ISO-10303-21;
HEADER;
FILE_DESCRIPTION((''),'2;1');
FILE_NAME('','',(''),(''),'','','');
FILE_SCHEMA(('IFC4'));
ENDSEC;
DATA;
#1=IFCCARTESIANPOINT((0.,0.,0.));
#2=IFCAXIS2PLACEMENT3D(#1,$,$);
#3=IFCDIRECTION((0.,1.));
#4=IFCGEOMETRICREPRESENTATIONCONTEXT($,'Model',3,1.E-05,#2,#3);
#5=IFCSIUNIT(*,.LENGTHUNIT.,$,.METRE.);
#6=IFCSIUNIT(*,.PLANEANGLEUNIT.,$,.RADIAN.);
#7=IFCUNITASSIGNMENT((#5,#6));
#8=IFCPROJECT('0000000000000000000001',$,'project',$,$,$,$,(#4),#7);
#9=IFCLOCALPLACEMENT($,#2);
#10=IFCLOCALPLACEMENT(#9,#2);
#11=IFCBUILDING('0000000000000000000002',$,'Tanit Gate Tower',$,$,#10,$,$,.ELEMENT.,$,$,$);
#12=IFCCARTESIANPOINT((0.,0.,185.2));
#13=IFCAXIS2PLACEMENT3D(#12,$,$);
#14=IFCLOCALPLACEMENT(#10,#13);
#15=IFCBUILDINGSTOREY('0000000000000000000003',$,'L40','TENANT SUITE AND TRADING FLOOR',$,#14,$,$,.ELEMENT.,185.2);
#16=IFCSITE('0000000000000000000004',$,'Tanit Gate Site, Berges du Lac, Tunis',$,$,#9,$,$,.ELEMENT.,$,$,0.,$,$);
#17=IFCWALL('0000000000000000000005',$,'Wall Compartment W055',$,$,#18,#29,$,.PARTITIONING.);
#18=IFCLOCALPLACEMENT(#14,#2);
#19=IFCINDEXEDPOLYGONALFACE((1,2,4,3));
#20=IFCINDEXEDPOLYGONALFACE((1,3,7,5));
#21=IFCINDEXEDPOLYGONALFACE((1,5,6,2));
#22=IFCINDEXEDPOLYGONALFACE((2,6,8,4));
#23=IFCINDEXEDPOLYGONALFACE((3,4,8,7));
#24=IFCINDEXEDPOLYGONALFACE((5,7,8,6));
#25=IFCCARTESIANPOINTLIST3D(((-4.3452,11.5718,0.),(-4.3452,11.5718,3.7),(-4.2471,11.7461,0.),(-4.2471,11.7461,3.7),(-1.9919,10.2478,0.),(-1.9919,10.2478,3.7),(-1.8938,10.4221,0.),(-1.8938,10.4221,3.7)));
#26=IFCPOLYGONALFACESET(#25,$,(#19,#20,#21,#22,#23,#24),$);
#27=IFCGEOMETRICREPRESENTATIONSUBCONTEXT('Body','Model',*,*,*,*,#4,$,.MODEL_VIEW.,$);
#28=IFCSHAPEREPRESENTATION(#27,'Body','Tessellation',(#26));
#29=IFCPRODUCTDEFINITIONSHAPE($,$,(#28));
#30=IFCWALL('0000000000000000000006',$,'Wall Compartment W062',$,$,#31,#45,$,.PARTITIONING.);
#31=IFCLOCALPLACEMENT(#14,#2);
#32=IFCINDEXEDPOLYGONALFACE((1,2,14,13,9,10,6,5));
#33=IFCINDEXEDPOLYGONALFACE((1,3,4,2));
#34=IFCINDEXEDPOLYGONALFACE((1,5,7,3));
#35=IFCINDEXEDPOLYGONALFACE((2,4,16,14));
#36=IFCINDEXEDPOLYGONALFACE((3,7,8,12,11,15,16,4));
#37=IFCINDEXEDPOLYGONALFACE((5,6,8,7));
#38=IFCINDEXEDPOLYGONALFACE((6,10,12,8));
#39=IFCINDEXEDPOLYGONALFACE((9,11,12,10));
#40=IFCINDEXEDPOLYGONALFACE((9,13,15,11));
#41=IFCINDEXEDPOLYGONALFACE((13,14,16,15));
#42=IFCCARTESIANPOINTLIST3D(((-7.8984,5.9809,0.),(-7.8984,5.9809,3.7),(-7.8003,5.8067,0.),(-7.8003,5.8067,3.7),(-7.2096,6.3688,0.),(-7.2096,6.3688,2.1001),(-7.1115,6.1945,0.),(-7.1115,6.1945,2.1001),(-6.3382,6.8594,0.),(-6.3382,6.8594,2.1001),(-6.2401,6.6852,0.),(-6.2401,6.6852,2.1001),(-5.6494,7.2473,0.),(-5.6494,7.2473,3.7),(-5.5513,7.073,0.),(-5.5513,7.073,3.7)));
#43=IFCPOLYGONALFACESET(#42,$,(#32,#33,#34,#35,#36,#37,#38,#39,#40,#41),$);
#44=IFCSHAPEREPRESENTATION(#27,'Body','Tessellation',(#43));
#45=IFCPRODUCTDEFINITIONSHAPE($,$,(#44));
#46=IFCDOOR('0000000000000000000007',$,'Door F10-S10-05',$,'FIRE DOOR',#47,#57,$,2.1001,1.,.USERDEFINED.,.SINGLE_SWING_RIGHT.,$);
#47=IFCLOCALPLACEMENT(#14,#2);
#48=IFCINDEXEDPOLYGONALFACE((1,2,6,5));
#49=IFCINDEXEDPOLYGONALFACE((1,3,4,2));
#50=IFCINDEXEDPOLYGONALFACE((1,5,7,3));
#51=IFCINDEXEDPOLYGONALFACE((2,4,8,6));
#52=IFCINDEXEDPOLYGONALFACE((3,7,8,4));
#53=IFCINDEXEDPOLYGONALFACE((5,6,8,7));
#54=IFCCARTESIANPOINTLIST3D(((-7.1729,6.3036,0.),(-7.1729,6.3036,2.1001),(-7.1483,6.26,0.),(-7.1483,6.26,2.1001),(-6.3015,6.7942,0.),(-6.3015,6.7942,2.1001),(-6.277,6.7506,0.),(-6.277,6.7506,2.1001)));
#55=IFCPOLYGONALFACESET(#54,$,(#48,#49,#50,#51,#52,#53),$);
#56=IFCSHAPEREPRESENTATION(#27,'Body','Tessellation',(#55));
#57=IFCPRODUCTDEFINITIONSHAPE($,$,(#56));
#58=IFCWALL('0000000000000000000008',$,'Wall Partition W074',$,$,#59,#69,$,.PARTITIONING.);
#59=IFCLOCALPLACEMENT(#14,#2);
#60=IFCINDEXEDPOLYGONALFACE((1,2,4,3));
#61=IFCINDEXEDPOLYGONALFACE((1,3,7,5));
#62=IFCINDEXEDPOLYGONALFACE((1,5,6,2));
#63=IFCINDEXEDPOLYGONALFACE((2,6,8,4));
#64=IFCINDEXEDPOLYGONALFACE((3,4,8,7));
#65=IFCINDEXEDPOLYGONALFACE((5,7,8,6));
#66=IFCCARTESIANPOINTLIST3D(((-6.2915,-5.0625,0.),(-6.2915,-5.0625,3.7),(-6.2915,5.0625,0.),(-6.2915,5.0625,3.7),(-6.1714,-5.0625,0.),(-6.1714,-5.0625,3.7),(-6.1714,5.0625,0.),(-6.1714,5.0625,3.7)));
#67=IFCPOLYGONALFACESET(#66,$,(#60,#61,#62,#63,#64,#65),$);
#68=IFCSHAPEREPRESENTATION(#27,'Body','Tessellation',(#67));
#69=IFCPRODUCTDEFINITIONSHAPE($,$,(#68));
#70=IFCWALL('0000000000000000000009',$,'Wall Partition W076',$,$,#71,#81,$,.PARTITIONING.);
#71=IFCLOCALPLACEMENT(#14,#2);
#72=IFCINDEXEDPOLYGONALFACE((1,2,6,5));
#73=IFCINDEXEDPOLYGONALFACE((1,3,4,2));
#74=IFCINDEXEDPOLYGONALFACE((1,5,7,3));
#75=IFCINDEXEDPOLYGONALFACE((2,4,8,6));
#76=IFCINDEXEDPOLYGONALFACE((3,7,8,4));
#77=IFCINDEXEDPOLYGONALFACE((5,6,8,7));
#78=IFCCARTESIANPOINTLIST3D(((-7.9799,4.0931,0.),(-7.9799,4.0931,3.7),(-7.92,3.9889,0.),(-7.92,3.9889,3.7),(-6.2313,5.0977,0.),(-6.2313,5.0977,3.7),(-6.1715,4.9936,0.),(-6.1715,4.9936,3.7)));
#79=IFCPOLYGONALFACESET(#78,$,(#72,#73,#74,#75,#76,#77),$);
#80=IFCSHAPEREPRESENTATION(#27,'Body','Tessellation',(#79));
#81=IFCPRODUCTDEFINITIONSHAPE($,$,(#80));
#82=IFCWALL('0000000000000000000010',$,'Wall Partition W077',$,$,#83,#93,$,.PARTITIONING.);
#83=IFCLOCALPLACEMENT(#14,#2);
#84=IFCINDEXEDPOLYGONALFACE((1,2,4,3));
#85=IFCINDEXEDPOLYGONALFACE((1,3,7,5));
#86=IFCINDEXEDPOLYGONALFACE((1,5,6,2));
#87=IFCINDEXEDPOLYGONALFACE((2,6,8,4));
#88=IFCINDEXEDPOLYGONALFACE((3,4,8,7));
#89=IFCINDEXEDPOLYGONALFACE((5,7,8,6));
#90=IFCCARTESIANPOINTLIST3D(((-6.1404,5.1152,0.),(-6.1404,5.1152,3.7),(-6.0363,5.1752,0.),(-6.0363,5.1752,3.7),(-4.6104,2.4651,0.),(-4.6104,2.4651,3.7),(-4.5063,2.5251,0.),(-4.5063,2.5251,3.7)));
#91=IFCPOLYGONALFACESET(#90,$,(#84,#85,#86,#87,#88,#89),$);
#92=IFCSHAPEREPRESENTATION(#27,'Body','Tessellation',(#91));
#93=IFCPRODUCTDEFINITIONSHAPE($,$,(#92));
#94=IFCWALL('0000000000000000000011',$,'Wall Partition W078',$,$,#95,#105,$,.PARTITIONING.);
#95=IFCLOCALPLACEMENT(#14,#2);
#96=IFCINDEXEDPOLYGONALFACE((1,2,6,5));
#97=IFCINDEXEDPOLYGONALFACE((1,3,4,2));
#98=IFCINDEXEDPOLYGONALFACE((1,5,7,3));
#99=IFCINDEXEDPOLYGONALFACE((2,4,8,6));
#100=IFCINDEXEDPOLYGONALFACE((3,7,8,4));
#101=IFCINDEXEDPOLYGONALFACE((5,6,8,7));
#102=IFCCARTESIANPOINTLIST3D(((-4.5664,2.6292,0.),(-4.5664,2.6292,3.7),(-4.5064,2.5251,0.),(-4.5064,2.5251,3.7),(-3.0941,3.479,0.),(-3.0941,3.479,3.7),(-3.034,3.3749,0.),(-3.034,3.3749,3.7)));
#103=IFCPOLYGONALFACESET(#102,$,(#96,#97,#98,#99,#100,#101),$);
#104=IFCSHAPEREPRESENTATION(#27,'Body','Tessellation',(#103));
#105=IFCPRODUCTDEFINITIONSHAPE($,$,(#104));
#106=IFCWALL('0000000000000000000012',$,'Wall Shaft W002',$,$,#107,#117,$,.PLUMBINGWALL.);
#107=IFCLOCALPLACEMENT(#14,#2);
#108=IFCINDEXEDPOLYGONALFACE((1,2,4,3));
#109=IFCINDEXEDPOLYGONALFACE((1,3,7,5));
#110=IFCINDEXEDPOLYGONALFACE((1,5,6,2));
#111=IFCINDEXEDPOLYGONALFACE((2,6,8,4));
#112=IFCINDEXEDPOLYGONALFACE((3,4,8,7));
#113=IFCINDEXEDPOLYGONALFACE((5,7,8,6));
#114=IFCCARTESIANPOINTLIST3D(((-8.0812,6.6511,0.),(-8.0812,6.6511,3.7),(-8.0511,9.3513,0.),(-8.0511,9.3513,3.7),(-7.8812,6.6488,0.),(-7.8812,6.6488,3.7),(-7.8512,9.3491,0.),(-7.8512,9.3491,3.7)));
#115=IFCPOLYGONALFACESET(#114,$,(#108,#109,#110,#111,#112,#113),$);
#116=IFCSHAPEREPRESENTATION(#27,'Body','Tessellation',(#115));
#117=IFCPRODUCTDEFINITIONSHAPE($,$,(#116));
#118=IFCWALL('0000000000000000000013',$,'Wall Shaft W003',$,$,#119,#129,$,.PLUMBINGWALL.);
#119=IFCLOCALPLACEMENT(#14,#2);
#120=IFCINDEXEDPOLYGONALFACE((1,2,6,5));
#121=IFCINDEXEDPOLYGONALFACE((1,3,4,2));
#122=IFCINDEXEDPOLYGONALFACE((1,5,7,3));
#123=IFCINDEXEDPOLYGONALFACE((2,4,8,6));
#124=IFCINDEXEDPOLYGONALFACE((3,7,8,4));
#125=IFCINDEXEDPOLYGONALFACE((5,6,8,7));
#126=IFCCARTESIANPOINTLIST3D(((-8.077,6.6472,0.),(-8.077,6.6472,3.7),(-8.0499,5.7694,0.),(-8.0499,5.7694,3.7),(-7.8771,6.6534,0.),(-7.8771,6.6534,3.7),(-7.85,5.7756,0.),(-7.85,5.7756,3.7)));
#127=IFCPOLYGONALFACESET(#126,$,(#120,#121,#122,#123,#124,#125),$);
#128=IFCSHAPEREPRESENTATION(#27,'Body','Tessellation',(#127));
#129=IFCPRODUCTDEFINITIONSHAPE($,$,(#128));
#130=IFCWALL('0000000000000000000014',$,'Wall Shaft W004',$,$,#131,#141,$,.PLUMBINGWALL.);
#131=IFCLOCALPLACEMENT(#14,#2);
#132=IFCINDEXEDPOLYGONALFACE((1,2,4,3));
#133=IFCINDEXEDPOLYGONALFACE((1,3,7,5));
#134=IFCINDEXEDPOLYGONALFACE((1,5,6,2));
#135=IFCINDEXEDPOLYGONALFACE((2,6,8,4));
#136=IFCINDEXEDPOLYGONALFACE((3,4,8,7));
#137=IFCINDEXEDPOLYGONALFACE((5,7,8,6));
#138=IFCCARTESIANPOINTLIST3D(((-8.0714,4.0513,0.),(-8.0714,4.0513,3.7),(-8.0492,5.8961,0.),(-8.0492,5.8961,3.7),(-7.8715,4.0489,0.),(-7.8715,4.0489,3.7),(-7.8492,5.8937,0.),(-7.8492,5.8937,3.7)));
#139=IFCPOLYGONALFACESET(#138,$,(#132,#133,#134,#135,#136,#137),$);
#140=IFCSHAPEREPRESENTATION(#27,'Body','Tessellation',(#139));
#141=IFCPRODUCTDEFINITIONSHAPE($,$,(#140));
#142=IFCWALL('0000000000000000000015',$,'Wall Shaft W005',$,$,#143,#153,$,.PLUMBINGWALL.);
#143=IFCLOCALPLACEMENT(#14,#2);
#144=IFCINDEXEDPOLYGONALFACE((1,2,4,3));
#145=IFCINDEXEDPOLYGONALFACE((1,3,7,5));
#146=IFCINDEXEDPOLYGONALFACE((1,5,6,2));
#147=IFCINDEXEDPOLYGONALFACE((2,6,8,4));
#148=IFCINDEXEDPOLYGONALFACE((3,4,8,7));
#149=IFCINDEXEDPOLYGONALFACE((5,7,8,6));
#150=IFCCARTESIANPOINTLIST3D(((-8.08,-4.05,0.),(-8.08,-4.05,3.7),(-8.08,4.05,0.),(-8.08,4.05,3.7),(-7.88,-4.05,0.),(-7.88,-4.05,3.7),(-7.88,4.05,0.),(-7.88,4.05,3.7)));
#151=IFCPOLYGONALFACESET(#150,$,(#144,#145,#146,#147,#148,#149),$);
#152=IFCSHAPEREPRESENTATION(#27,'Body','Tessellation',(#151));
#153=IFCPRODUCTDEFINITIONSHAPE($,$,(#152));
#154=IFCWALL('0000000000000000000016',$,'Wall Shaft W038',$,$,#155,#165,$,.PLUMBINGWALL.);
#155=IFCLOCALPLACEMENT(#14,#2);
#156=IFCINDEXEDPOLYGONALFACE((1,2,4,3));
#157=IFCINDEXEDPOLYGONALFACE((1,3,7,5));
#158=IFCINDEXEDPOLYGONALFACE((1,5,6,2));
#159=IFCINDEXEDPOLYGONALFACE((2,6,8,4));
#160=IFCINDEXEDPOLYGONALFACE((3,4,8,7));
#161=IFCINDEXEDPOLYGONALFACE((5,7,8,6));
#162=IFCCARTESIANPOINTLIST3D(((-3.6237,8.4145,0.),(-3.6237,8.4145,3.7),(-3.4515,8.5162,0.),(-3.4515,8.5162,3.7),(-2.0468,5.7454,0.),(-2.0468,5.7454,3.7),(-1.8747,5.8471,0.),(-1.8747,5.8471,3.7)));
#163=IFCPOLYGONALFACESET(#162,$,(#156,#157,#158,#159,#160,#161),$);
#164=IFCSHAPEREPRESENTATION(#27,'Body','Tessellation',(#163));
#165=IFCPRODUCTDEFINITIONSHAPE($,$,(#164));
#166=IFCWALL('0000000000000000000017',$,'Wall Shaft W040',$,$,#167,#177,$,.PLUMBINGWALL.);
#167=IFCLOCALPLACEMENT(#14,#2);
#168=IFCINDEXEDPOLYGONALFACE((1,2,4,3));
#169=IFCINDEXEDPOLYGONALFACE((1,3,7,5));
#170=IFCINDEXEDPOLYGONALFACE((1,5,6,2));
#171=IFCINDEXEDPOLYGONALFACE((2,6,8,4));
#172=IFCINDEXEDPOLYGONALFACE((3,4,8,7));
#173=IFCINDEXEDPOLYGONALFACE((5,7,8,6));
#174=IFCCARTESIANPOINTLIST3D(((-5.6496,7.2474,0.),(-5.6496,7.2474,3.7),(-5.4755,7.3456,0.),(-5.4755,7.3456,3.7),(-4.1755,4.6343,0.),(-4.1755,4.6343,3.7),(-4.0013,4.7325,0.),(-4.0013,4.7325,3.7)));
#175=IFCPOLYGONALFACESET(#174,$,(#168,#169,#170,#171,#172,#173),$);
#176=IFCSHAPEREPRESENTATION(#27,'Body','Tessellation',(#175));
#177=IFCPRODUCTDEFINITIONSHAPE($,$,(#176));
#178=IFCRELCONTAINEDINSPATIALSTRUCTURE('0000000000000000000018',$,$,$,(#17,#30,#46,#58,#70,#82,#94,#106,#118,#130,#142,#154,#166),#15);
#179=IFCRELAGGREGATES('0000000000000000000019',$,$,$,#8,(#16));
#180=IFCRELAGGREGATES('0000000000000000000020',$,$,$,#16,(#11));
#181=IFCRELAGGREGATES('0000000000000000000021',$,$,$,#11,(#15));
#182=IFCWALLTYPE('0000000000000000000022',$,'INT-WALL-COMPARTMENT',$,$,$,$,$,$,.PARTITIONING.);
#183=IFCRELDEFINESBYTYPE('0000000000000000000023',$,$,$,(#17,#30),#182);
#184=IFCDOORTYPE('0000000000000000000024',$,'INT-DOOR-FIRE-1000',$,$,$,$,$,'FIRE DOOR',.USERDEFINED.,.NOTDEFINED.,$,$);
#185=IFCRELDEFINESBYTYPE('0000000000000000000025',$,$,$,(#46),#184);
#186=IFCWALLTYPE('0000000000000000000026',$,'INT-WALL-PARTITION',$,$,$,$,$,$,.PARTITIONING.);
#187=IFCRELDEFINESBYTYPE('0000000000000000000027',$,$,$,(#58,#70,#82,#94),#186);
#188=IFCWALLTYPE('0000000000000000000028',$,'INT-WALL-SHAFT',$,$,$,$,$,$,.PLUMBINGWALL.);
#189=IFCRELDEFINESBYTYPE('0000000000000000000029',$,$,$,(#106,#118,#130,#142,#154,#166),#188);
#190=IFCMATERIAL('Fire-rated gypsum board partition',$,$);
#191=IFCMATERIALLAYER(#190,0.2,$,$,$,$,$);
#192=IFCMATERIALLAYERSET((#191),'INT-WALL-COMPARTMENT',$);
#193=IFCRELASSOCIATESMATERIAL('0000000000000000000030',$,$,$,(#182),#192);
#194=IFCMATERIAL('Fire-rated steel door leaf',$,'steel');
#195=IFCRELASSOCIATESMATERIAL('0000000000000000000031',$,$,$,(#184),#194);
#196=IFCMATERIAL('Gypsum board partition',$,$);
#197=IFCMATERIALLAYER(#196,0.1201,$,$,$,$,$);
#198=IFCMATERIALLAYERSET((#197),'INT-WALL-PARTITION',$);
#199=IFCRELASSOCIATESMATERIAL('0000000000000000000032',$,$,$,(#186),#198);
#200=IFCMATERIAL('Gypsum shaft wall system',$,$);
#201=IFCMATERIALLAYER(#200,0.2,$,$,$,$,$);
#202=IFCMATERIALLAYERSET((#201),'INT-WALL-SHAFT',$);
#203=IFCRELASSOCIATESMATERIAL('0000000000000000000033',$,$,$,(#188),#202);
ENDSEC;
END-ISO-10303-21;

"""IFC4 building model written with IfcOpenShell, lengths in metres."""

from ifc_helpers import new_model, si_unit, direction, frame, frame_2d, origin, place, context, subcontext, project, spatial, rectangle, extrude, material, layer, layer_set, type_object, element, fill, save


model = new_model("IFC4")

# Units and contexts
model_context = context("Model", 3, precision=1e-05, world=origin(), true_north=direction((0.0, 1.0)))
body_context = subcontext(model_context, "Body", "Model", "MODEL_VIEW")
ifc_project = project(units=[si_unit("LENGTHUNIT", "METRE"), si_unit("PLANEANGLEUNIT", "RADIAN")], contexts=[model_context])

# Site, building, storey
site_placement = place(None, origin())
site = spatial("IfcSite", under=ifc_project, at=site_placement, Name="Tanit Gate Site, Berges du Lac, Tunis", CompositionType="ELEMENT", RefElevation=0.0)
building_placement = place(site_placement, origin())
building = spatial("IfcBuilding", under=site, at=building_placement, Name="Tanit Gate Tower", CompositionType="ELEMENT")
storey_placement = place(building_placement, frame((0.0, 0.0, 185.2)))
storey = spatial("IfcBuildingStorey", under=building, at=storey_placement, Name="L40", Description="TENANT SUITE AND TRADING FLOOR", CompositionType="ELEMENT", Elevation=185.2)

# Wall
ifc_material_1 = material(Name="Fire-rated gypsum board partition")
ifc_layer_1 = layer(ifc_material_1, 0.2)
ifc_layer_set_1 = layer_set([ifc_layer_1], Name="INT-WALL-COMPARTMENT")
wall_type_1 = type_object("IfcWallType", Name="INT-WALL-COMPARTMENT", PredefinedType="PARTITIONING", material=ifc_layer_set_1)
wall_1_placement = place(storey_placement, frame((-4.2961, 11.6589, 0.0), z_axis=(0.0, 0.0, 1.0), x_axis=(0.871534, -0.490334, 0.0)))
element("IfcWall", 1, at=wall_1_placement, inside=storey, type_object=wall_type_1, Name="Wall Compartment W055", PredefinedType="PARTITIONING", context=body_context, shape_type="SweptSolid", body=[
    extrude(rectangle(XDim=2.7002, YDim=0.2, at=frame_2d((1.3501, 0.0))), origin(), (0.0, 0.0, 1.0), 3.7),
])

# Wall, opening, door
wall_2_placement = place(storey_placement, frame((-5.6003, 7.1602, 0.0), z_axis=(0.0, 0.0, 1.0), x_axis=(-0.871363, -0.490638, 0.0)))
wall_2 = element("IfcWall", 2, at=wall_2_placement, inside=storey, type_object=wall_type_1, Name="Wall Compartment W062", PredefinedType="PARTITIONING", context=body_context, shape_type="SweptSolid", body=[
    extrude(rectangle(XDim=2.5811, YDim=0.2, at=frame_2d((1.2905, 0.0))), origin(), (0.0, 0.0, 1.0), 3.7),
])
opening_1_placement = place(wall_2_placement, frame((0.7905, 0.0, 0.0)))
opening_1 = element("IfcOpeningElement", 3, at=opening_1_placement, cuts=wall_2, PredefinedType="OPENING", context=body_context, shape_type="SweptSolid", body=[
    extrude(rectangle(XDim=1.0, YDim=2.1001, at=frame_2d((0.5, 1.05))), frame((0.0, 0.1099, 0.0), z_axis=(0.0, -1.0, 0.0), x_axis=(1.0, 0.0, 0.0)), (0.0, 0.0, 1.0), 0.22),
])
ifc_material_2 = material(Name="Fire-rated steel door leaf", Category="steel")
door_type_1 = type_object("IfcDoorType", Name="INT-DOOR-FIRE-1000", ElementType="FIRE DOOR", OperationType="NOTDEFINED", PredefinedType="USERDEFINED", material=ifc_material_2)
door_1_placement = place(opening_1_placement, origin())
door_1 = element("IfcDoor", 4, at=door_1_placement, inside=storey, type_object=door_type_1, Name="Door F10-S10-05", ObjectType="FIRE DOOR", OperationType="SINGLE_SWING_RIGHT", OverallHeight=2.1001, OverallWidth=1.0, PredefinedType="USERDEFINED", context=body_context, shape_type="SweptSolid", body=[
    extrude(rectangle(XDim=1.0, YDim=2.1001, at=frame_2d((0.5, 1.05))), frame((0.0, 0.0249, 0.0), z_axis=(0.0, -1.0, 0.0), x_axis=(1.0, 0.0, 0.0)), (0.0, 0.0, 1.0), 0.05),
])
fill(opening_1, door_1)

# Walls
ifc_material_3 = material(Name="Gypsum board partition")
ifc_layer_2 = layer(ifc_material_3, 0.1201)
ifc_layer_set_2 = layer_set([ifc_layer_2], Name="INT-WALL-PARTITION")
wall_type_2 = type_object("IfcWallType", Name="INT-WALL-PARTITION", PredefinedType="PARTITIONING", material=ifc_layer_set_2)
wall_3_placement = place(storey_placement, frame((-6.2314, 5.0625, 0.0), z_axis=(0.0, 0.0, 1.0), x_axis=(0.0, -1.0, 0.0)))
element("IfcWall", 5, at=wall_3_placement, inside=storey, type_object=wall_type_2, Name="Wall Partition W074", PredefinedType="PARTITIONING", context=body_context, shape_type="SweptSolid", body=[
    extrude(rectangle(XDim=10.125, YDim=0.1201, at=frame_2d((5.0625, 0.0))), origin(), (0.0, 0.0, 1.0), 3.7),
])
wall_4_placement = place(storey_placement, frame((-6.2014, 5.0457, 0.0), z_axis=(0.0, 0.0, 1.0), x_axis=(-0.867071, -0.498184, 0.0)))
element("IfcWall", 6, at=wall_4_placement, inside=storey, type_object=wall_type_2, Name="Wall Partition W076", PredefinedType="PARTITIONING", context=body_context, shape_type="SweptSolid", body=[
    extrude(rectangle(XDim=2.0166, YDim=0.1201, at=frame_2d((1.0083, 0.0))), origin(), (0.0, 0.0, 1.0), 3.7),
])
wall_5_placement = place(storey_placement, frame((-4.5583, 2.4951, 0.0), z_axis=(0.0, 0.0, 1.0), x_axis=(-0.499992, 0.86603, 0.0)))
element("IfcWall", 7, at=wall_5_placement, inside=storey, type_object=wall_type_2, Name="Wall Partition W077", PredefinedType="PARTITIONING", context=body_context, shape_type="SweptSolid", body=[
    extrude(rectangle(XDim=3.0601, YDim=0.1201, at=frame_2d((1.53, 0.0))), origin(), (0.0, 0.0, 1.0), 3.7),
])
wall_6_placement = place(storey_placement, frame((-3.064, 3.427, 0.0), z_axis=(0.0, 0.0, 1.0), x_axis=(-0.866088, -0.499892, 0.0)))
element("IfcWall", 8, at=wall_6_placement, inside=storey, type_object=wall_type_2, Name="Wall Partition W078", PredefinedType="PARTITIONING", context=body_context, shape_type="SweptSolid", body=[
    extrude(rectangle(XDim=1.7, YDim=0.1201, at=frame_2d((0.8501, 0.0))), origin(), (0.0, 0.0, 1.0), 3.7),
])
ifc_material_4 = material(Name="Gypsum shaft wall system")
ifc_layer_3 = layer(ifc_material_4, 0.2)
ifc_layer_set_3 = layer_set([ifc_layer_3], Name="INT-WALL-SHAFT")
wall_type_3 = type_object("IfcWallType", Name="INT-WALL-SHAFT", PredefinedType="PLUMBINGWALL", material=ifc_layer_set_3)
wall_7_placement = place(storey_placement, frame((-7.9512, 9.3501, 0.0), z_axis=(0.0, 0.0, 1.0), x_axis=(-0.01112, -0.999938, 0.0)))
element("IfcWall", 9, at=wall_7_placement, inside=storey, type_object=wall_type_3, Name="Wall Shaft W002", PredefinedType="PLUMBINGWALL", context=body_context, shape_type="SweptSolid", body=[
    extrude(rectangle(XDim=2.7004, YDim=0.2, at=frame_2d((1.3501, 0.0))), origin(), (0.0, 0.0, 1.0), 3.7),
])
wall_8_placement = place(storey_placement, frame((-7.9771, 6.6501, 0.0), z_axis=(0.0, 0.0, 1.0), x_axis=(0.030862, -0.999524, 0.0)))
element("IfcWall", 10, at=wall_8_placement, inside=storey, type_object=wall_type_3, Name="Wall Shaft W003", PredefinedType="PLUMBINGWALL", context=body_context, shape_type="SweptSolid", body=[
    extrude(rectangle(XDim=0.8782, YDim=0.2, at=frame_2d((0.439, 0.0))), origin(), (0.0, 0.0, 1.0), 3.7),
])
wall_9_placement = place(storey_placement, frame((-7.9492, 5.8948, 0.0), z_axis=(0.0, 0.0, 1.0), x_axis=(-0.012043, -0.999927, 0.0)))
element("IfcWall", 11, at=wall_9_placement, inside=storey, type_object=wall_type_3, Name="Wall Shaft W004", PredefinedType="PLUMBINGWALL", context=body_context, shape_type="SweptSolid", body=[
    extrude(rectangle(XDim=1.845, YDim=0.2, at=frame_2d((0.9224, 0.0))), origin(), (0.0, 0.0, 1.0), 3.7),
])
wall_10_placement = place(storey_placement, frame((-7.98, 4.05, 0.0), z_axis=(0.0, 0.0, 1.0), x_axis=(0.0, -1.0, 0.0)))
element("IfcWall", 12, at=wall_10_placement, inside=storey, type_object=wall_type_3, Name="Wall Shaft W005", PredefinedType="PLUMBINGWALL", context=body_context, shape_type="SweptSolid", body=[
    extrude(rectangle(XDim=8.1001, YDim=0.2, at=frame_2d((4.05, 0.0))), origin(), (0.0, 0.0, 1.0), 3.7),
])

# Walls
wall_11_placement = place(storey_placement, frame((-3.5376, 8.4653, 0.0), z_axis=(0.0, 0.0, 1.0), x_axis=(0.508647, -0.860975, 0.0)))
element("IfcWall", 13, at=wall_11_placement, inside=storey, type_object=wall_type_3, Name="Wall Shaft W038", PredefinedType="PLUMBINGWALL", context=body_context, shape_type="SweptSolid", body=[
    extrude(rectangle(XDim=3.1001, YDim=0.2, at=frame_2d((1.55, 0.0))), origin(), (0.0, 0.0, 1.0), 3.7),
])
wall_12_placement = place(storey_placement, frame((-5.5625, 7.2964, 0.0), z_axis=(0.0, 0.0, 1.0), x_axis=(0.491347, -0.870964, 0.0)))
element("IfcWall", 14, at=wall_12_placement, inside=storey, type_object=wall_type_3, Name="Wall Shaft W040", PredefinedType="PLUMBINGWALL", context=body_context, shape_type="SweptSolid", body=[
    extrude(rectangle(XDim=3.0002, YDim=0.2, at=frame_2d((1.5, 0.0))), origin(), (0.0, 0.0, 1.0), 3.7),
])

save(model, "model.ifc")
